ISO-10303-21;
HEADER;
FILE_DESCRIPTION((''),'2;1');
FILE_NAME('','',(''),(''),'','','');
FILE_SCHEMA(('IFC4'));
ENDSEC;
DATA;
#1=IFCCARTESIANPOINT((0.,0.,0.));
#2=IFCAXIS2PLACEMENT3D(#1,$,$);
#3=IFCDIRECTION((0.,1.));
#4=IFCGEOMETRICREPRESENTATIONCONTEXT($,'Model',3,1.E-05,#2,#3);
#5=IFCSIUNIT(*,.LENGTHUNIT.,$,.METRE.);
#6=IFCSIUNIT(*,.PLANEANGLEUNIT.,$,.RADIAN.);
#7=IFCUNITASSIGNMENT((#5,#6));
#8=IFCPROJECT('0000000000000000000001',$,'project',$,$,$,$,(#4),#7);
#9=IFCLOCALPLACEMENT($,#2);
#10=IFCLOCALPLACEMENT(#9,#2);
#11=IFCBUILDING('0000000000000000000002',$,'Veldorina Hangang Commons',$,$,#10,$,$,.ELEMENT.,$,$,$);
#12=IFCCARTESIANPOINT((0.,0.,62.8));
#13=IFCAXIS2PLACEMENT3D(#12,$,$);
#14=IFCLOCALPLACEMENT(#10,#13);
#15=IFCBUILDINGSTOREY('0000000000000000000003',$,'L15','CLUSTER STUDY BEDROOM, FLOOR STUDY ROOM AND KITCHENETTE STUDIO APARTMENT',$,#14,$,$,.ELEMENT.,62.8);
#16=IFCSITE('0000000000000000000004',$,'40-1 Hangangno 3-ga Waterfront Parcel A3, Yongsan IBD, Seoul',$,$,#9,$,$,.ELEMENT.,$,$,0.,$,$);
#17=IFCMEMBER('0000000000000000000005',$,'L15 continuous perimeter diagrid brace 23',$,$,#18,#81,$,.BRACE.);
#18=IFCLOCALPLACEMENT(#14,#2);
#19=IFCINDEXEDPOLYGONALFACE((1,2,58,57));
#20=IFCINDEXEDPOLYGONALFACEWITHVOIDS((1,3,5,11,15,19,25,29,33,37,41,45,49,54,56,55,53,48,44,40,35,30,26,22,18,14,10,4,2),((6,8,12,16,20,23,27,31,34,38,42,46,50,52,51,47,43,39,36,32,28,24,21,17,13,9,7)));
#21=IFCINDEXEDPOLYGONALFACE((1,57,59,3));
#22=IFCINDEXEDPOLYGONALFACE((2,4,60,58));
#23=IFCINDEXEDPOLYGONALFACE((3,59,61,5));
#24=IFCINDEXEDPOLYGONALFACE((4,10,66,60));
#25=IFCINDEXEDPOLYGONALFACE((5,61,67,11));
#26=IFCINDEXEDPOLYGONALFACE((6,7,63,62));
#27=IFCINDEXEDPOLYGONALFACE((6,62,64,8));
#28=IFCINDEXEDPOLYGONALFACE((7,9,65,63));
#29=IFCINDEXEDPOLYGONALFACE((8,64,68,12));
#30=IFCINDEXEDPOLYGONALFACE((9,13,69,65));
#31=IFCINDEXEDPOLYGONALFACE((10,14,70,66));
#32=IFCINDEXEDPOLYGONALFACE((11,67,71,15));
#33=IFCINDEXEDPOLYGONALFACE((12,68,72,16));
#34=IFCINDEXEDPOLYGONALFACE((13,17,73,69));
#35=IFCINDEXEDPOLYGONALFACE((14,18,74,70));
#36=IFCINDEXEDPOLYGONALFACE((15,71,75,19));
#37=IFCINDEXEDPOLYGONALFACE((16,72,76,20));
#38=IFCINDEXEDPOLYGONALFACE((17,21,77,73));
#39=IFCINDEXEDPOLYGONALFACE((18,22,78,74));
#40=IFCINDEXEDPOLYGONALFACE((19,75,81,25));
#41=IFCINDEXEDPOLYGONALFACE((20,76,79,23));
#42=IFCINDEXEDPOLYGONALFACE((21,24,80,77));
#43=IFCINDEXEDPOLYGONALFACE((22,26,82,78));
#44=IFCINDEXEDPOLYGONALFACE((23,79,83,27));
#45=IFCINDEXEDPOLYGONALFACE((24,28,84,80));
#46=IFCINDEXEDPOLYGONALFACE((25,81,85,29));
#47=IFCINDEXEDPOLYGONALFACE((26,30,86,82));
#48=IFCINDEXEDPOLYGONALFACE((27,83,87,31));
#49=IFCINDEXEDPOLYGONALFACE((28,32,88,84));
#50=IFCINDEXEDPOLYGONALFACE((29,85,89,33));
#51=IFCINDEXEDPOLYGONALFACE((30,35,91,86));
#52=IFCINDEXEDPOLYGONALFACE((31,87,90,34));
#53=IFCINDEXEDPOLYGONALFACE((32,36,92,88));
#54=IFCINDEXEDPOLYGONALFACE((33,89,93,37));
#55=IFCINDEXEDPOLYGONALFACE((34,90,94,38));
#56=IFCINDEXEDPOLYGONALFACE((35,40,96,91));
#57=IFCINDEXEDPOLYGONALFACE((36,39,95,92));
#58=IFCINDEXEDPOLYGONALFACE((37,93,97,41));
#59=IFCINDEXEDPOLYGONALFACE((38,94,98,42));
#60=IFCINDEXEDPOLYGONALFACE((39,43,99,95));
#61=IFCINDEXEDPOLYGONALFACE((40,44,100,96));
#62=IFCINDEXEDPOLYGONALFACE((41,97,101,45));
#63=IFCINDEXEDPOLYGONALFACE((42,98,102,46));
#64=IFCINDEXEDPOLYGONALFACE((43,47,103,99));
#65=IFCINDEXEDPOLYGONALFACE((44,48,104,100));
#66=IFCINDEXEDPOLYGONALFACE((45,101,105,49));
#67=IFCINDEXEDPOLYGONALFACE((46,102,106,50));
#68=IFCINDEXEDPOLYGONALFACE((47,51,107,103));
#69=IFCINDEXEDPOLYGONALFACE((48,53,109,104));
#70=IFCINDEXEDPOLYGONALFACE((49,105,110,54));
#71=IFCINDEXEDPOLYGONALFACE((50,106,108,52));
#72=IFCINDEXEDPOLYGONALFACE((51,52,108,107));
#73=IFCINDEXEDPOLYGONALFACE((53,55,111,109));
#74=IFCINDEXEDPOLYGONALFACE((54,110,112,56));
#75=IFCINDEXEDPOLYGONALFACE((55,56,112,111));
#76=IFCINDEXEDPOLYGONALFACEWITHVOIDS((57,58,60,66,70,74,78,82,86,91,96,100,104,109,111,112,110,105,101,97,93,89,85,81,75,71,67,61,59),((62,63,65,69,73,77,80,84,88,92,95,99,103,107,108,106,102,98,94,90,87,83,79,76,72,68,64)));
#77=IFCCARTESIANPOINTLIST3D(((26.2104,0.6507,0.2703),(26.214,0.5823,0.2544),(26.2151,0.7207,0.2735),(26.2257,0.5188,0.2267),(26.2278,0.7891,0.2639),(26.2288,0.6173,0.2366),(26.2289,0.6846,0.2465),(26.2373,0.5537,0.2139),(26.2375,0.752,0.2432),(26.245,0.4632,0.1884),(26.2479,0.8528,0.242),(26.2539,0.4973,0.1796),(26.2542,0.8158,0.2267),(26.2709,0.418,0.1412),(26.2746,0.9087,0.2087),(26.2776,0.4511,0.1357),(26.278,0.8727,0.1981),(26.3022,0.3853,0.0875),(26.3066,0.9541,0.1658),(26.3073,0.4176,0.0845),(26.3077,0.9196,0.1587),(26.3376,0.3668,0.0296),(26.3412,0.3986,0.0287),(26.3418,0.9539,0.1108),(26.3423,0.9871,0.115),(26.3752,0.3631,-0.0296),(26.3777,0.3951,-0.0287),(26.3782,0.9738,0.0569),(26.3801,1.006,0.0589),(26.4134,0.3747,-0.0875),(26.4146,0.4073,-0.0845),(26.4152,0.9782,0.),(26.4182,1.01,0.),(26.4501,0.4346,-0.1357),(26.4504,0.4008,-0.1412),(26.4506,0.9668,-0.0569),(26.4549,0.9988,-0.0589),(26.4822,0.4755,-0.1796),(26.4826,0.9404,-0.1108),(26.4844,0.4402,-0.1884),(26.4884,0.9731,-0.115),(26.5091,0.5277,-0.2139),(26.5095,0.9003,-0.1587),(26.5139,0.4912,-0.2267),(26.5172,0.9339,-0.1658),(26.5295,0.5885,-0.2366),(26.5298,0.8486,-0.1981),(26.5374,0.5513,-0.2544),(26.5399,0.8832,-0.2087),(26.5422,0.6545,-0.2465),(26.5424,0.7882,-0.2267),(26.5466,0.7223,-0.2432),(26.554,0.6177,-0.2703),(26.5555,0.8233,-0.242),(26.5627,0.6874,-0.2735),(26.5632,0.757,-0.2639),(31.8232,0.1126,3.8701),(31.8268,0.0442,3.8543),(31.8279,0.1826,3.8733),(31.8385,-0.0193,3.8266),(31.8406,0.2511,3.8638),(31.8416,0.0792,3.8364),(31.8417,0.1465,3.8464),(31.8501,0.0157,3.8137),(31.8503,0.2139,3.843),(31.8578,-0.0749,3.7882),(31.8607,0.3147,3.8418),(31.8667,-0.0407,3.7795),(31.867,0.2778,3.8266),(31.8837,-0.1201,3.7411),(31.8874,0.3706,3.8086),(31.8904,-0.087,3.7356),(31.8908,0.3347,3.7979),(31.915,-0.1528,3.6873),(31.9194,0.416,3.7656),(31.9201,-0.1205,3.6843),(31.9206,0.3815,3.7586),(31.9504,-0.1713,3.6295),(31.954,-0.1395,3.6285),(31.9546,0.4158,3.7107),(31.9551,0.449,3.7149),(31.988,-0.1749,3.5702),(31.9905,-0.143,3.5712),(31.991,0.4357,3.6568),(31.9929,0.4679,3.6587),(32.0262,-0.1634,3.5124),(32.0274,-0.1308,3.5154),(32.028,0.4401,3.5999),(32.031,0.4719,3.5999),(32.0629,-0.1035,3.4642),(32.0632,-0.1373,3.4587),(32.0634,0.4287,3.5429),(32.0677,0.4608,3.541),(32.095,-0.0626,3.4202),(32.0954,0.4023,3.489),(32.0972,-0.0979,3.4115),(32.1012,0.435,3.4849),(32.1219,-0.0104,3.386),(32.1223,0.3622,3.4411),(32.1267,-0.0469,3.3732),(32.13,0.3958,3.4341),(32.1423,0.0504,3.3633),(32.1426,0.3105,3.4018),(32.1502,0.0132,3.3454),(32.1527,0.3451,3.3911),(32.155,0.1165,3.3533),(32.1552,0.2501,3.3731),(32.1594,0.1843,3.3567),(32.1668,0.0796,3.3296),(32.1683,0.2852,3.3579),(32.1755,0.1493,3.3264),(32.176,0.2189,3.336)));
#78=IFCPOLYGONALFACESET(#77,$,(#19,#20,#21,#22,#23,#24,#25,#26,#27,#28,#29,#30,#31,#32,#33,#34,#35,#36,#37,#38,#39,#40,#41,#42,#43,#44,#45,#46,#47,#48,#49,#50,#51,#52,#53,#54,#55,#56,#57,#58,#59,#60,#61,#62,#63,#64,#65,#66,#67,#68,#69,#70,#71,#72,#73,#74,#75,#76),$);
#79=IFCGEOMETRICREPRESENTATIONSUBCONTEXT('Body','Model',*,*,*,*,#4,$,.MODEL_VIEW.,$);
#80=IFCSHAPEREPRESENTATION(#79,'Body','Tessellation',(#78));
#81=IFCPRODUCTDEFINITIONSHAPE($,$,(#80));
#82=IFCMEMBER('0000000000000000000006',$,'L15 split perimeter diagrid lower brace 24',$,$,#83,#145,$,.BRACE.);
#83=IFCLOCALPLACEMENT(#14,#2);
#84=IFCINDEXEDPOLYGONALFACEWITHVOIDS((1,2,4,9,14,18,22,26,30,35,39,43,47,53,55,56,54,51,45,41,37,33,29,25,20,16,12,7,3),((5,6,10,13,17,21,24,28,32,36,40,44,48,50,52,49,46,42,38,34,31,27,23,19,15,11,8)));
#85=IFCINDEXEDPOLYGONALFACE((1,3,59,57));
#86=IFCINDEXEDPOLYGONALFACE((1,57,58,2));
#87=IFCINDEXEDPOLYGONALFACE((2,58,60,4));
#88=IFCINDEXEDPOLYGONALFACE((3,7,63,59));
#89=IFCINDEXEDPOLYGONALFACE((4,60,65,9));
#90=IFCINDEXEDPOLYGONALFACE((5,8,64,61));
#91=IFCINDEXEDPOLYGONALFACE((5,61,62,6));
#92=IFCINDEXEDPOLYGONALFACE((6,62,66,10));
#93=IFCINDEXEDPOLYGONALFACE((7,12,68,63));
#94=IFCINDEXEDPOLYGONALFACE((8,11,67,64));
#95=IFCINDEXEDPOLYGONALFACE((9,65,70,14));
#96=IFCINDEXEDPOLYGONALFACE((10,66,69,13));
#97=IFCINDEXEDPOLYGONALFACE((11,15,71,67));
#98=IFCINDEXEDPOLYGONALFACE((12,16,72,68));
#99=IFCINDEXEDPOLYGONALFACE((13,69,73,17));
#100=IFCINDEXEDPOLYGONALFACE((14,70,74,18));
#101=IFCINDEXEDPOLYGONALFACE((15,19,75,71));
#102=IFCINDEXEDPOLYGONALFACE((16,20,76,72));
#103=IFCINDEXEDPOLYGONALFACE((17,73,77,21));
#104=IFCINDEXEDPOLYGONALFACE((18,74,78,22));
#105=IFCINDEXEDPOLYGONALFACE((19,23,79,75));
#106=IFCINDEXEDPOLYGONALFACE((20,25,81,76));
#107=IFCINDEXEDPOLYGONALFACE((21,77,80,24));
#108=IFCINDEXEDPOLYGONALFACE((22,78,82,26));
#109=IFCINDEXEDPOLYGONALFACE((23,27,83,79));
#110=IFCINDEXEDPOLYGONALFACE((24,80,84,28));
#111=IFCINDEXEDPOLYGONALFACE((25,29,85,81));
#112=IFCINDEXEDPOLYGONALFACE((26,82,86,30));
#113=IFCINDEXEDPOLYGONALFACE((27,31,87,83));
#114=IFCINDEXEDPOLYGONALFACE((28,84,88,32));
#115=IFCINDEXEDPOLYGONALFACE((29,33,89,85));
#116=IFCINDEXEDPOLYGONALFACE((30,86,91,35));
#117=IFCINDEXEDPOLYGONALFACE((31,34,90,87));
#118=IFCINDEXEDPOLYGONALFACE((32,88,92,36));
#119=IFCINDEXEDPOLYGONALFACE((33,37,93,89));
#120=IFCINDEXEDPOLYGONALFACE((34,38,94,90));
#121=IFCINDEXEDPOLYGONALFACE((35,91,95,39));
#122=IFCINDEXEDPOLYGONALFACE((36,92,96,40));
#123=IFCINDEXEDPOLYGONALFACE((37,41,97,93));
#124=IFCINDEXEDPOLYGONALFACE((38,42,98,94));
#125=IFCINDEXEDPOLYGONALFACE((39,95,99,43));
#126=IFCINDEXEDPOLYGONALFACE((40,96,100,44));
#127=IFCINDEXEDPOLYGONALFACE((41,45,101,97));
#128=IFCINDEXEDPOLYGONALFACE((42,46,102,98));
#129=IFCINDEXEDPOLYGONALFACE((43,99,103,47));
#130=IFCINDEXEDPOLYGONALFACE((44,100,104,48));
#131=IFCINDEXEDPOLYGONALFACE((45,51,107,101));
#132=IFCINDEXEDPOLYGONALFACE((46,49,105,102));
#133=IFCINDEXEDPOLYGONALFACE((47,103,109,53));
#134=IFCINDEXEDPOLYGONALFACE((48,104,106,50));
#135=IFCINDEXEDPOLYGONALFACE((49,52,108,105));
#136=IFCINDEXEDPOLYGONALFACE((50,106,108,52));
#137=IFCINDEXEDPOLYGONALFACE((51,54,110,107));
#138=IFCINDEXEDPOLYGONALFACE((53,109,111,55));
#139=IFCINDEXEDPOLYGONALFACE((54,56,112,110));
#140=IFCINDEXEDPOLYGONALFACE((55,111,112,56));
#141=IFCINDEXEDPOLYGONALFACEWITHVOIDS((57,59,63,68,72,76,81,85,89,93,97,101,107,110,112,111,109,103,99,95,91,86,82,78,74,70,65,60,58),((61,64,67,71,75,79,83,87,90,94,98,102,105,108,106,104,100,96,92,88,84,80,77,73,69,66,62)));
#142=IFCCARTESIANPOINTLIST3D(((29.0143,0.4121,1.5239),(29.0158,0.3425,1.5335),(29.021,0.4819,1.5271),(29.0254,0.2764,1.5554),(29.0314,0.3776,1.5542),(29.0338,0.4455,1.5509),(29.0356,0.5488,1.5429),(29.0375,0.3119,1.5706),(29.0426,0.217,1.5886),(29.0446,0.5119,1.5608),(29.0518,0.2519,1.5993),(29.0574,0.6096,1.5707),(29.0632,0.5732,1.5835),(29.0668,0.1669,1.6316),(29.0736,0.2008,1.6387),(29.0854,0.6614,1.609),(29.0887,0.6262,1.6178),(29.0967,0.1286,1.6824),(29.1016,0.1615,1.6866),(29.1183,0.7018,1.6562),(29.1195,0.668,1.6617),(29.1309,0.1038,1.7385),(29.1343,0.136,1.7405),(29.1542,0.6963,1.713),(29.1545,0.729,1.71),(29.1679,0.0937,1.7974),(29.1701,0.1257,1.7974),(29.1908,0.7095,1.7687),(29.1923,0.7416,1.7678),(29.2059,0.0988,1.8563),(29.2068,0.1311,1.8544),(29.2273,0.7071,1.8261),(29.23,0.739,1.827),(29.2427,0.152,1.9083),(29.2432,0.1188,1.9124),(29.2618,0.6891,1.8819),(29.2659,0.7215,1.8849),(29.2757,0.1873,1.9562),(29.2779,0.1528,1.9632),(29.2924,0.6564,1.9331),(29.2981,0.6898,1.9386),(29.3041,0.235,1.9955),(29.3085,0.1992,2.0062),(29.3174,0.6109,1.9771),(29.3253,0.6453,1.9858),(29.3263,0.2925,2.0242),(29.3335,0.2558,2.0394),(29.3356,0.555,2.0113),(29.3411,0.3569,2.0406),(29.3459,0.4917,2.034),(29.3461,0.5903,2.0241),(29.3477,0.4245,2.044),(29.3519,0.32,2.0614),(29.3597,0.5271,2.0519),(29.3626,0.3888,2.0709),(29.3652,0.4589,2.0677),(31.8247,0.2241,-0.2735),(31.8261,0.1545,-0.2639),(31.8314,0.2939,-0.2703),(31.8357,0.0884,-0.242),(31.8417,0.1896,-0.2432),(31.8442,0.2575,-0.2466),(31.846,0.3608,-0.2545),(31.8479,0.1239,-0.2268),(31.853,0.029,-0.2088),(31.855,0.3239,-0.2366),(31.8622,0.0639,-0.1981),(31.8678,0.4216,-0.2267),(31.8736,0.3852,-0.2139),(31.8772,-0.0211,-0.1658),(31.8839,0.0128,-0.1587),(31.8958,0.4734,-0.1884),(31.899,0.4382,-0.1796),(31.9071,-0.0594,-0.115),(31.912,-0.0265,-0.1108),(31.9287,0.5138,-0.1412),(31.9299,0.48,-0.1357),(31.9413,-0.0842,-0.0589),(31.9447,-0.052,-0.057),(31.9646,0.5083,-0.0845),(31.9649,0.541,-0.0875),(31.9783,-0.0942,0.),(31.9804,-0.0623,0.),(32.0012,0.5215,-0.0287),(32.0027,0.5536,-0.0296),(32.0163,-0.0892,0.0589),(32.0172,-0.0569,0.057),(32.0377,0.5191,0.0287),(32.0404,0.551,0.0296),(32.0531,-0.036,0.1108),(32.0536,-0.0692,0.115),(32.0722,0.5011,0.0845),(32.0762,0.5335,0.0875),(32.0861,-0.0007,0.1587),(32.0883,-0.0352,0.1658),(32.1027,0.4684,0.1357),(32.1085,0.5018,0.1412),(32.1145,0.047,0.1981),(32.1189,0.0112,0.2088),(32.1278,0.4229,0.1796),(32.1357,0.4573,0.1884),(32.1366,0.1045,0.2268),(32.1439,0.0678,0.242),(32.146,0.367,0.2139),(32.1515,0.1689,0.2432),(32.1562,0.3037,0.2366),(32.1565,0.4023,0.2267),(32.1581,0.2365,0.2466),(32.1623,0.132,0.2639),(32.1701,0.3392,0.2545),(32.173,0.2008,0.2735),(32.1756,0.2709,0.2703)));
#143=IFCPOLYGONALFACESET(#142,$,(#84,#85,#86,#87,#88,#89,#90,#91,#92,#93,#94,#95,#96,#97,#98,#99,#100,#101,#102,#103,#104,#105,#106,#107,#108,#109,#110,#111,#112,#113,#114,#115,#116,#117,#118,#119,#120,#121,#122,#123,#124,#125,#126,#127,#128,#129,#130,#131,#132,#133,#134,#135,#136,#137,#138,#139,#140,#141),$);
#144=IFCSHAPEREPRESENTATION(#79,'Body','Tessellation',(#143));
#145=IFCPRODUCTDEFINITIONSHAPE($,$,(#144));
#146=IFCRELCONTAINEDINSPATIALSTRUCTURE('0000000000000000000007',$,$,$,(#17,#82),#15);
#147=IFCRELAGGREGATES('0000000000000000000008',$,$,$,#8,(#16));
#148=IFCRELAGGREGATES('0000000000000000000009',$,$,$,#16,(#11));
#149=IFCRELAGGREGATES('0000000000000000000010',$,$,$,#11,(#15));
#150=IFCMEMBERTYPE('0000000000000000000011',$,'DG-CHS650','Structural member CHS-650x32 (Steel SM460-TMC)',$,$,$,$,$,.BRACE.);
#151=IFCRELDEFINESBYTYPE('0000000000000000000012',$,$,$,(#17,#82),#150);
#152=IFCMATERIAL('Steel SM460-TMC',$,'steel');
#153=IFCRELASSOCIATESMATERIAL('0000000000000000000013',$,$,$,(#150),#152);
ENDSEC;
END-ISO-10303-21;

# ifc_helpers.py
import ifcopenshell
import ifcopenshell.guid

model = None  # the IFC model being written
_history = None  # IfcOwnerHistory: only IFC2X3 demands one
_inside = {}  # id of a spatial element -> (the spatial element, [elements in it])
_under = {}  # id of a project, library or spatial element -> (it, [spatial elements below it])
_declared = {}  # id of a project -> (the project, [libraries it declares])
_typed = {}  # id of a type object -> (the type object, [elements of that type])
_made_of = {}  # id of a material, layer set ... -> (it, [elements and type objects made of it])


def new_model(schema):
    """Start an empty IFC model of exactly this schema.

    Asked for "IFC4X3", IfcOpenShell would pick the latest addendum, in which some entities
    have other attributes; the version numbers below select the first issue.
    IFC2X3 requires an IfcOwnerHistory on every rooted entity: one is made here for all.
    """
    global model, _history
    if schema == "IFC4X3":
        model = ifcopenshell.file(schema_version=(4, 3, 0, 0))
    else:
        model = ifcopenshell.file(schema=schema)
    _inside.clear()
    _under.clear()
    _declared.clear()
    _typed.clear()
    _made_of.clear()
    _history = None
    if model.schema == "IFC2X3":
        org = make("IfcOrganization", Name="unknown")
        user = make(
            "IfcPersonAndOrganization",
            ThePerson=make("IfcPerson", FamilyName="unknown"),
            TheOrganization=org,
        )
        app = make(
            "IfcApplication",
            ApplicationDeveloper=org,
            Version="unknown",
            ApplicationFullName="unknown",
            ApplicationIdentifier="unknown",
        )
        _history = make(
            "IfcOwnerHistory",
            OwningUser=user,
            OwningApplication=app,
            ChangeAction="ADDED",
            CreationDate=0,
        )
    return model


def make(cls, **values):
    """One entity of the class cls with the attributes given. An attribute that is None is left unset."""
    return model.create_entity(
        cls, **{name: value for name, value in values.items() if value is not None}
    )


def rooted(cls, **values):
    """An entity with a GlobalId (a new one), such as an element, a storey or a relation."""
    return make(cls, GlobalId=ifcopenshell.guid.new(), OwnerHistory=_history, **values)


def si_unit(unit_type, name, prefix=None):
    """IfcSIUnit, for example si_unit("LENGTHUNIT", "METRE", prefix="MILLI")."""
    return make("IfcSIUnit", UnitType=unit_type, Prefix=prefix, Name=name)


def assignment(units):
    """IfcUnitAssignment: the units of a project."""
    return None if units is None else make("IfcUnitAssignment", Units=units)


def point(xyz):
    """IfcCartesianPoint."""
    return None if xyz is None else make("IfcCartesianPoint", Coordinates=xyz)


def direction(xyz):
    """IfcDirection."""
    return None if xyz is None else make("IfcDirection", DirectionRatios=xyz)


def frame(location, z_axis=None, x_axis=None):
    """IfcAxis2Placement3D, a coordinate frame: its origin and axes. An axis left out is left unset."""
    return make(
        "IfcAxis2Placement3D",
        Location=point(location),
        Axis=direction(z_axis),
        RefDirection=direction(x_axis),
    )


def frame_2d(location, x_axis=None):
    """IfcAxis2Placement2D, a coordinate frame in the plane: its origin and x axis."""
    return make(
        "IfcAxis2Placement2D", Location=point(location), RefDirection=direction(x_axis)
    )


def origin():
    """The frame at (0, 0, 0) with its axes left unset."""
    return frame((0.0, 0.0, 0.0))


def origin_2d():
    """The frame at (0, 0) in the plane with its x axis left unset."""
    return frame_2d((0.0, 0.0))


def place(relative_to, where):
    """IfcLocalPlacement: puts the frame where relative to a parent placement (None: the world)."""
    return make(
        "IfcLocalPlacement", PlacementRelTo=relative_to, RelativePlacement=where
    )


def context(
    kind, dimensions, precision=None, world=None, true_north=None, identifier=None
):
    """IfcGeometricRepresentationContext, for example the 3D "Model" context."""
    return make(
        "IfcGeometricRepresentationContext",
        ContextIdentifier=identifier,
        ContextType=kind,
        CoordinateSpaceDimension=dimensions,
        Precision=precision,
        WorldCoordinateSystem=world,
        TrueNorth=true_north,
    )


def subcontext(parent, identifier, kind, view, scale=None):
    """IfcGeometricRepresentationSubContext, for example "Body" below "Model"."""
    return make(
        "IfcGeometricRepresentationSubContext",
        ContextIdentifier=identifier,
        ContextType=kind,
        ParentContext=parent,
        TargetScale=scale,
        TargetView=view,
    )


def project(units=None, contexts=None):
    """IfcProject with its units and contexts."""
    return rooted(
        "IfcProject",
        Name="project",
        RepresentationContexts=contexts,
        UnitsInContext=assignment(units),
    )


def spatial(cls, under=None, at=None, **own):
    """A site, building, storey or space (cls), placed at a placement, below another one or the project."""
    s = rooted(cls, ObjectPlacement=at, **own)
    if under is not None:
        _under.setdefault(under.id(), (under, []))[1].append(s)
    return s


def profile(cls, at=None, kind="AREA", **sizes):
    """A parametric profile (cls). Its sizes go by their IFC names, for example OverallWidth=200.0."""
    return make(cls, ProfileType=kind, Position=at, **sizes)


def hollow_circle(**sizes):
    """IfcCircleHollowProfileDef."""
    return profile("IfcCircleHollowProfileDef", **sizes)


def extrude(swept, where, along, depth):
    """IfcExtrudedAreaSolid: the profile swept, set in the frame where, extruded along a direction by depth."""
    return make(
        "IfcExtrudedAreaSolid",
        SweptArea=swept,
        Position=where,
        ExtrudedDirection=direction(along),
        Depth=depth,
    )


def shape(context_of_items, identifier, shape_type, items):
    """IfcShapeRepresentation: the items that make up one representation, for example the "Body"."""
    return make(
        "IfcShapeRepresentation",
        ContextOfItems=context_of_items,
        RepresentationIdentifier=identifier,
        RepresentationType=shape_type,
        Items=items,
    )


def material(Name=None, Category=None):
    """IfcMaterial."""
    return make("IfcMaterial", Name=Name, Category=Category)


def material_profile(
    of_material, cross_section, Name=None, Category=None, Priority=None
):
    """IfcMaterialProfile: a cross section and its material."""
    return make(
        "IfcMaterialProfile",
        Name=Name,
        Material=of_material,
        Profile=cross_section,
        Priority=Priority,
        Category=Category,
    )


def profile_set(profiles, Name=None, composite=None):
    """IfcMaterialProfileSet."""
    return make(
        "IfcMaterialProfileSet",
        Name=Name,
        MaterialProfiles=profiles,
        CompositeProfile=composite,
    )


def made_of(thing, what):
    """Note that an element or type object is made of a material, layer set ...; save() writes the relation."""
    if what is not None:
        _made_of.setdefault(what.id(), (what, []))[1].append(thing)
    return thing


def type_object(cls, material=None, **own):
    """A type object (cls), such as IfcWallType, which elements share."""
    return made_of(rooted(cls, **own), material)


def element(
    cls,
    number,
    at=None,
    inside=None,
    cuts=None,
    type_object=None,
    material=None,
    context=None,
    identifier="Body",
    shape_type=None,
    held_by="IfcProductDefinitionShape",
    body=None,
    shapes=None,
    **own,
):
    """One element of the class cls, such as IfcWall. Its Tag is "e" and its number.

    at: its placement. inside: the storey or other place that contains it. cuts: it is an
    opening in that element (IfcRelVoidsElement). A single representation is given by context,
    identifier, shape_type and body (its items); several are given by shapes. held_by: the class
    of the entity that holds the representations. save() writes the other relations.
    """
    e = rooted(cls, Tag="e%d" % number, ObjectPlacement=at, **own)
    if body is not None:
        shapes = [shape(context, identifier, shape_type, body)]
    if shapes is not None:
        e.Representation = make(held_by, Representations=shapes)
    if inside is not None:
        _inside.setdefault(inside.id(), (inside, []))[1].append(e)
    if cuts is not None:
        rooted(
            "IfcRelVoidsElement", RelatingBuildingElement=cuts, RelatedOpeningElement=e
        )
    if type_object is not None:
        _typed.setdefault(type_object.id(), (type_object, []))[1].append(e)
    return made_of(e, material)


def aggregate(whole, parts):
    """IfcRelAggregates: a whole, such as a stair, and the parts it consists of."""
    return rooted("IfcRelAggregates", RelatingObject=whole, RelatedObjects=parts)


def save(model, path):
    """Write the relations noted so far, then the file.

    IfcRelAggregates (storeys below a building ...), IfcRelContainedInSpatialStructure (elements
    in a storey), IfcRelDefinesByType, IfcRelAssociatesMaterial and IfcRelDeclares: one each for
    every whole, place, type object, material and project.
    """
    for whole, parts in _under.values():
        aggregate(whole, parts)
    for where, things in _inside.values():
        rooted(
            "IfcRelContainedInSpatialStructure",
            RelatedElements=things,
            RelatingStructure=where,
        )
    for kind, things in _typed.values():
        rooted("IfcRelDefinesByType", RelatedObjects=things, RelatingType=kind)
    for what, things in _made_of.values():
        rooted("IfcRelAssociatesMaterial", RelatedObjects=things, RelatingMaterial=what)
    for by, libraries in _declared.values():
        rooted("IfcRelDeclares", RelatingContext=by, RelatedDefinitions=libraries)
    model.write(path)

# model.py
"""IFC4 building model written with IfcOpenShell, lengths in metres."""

from ifc_helpers import new_model, si_unit, direction, frame, origin, origin_2d, place, context, subcontext, project, spatial, hollow_circle, extrude, material, material_profile, profile_set, type_object, element, save


model = new_model("IFC4")

# Units and contexts
model_context = context("Model", 3, precision=1e-05, world=origin(), true_north=direction((0.0, 1.0)))
body_context = subcontext(model_context, "Body", "Model", "MODEL_VIEW")
ifc_project = project(units=[si_unit("LENGTHUNIT", "METRE"), si_unit("PLANEANGLEUNIT", "RADIAN")], contexts=[model_context])

# Site, building, storey
site_placement = place(None, origin())
site = spatial("IfcSite", under=ifc_project, at=site_placement, Name="40-1 Hangangno 3-ga Waterfront Parcel A3, Yongsan IBD, Seoul", CompositionType="ELEMENT", RefElevation=0.0)
building_placement = place(site_placement, origin())
building = spatial("IfcBuilding", under=site, at=building_placement, Name="Veldorina Hangang Commons", CompositionType="ELEMENT")
storey_placement = place(building_placement, frame((0.0, 0.0, 62.8)))
storey = spatial("IfcBuildingStorey", under=building, at=storey_placement, Name="L15", Description="CLUSTER STUDY BEDROOM, FLOOR STUDY ROOM AND KITCHENETTE STUDIO APARTMENT", CompositionType="ELEMENT", Elevation=62.8)

# Members
ifc_material_1 = material(Name="Steel SM460-TMC", Category="steel")
ifc_material_profile_1 = material_profile(ifc_material_1, hollow_circle(Radius=0.325, WallThickness=0.032, at=origin_2d()), Name="CHS-650x32")
ifc_profile_set_1 = profile_set([ifc_material_profile_1], Name="Steel SM460-TMC")
member_type_1 = type_object("IfcMemberType", Name="DG-CHS650", Description="Structural member CHS-650x32 (Steel SM460-TMC)", PredefinedType="BRACE", material=ifc_profile_set_1)
member_1_placement = place(storey_placement, frame((26.3872, 0.6865, 0.0), z_axis=(0.839022, -0.080435, 0.53812), x_axis=(0.09543, 0.995436, 0.0)))
element("IfcMember", 1, at=member_1_placement, inside=storey, type_object=member_type_1, Name="L15 continuous perimeter diagrid brace 23", PredefinedType="BRACE", context=body_context, shape_type="SweptSolid", body=[
    extrude(hollow_circle(Radius=0.325, WallThickness=0.032, at=origin_2d()), origin(), (0.0, 0.0, 1.0), 6.6897),
])
member_2_placement = place(storey_placement, frame((32.0, 0.23, 0.0), z_axis=(-0.841104, 0.056264, 0.537939), x_axis=(-0.066743, -0.99777, 0.0)))
element("IfcMember", 2, at=member_2_placement, inside=storey, type_object=member_type_1, Name="L15 split perimeter diagrid lower brace 24", PredefinedType="BRACE", context=body_context, shape_type="SweptSolid", body=[
    extrude(hollow_circle(Radius=0.325, WallThickness=0.032, at=origin_2d()), origin(), (0.0, 0.0, 1.0), 3.3413),
])

save(model, "model.ifc")
